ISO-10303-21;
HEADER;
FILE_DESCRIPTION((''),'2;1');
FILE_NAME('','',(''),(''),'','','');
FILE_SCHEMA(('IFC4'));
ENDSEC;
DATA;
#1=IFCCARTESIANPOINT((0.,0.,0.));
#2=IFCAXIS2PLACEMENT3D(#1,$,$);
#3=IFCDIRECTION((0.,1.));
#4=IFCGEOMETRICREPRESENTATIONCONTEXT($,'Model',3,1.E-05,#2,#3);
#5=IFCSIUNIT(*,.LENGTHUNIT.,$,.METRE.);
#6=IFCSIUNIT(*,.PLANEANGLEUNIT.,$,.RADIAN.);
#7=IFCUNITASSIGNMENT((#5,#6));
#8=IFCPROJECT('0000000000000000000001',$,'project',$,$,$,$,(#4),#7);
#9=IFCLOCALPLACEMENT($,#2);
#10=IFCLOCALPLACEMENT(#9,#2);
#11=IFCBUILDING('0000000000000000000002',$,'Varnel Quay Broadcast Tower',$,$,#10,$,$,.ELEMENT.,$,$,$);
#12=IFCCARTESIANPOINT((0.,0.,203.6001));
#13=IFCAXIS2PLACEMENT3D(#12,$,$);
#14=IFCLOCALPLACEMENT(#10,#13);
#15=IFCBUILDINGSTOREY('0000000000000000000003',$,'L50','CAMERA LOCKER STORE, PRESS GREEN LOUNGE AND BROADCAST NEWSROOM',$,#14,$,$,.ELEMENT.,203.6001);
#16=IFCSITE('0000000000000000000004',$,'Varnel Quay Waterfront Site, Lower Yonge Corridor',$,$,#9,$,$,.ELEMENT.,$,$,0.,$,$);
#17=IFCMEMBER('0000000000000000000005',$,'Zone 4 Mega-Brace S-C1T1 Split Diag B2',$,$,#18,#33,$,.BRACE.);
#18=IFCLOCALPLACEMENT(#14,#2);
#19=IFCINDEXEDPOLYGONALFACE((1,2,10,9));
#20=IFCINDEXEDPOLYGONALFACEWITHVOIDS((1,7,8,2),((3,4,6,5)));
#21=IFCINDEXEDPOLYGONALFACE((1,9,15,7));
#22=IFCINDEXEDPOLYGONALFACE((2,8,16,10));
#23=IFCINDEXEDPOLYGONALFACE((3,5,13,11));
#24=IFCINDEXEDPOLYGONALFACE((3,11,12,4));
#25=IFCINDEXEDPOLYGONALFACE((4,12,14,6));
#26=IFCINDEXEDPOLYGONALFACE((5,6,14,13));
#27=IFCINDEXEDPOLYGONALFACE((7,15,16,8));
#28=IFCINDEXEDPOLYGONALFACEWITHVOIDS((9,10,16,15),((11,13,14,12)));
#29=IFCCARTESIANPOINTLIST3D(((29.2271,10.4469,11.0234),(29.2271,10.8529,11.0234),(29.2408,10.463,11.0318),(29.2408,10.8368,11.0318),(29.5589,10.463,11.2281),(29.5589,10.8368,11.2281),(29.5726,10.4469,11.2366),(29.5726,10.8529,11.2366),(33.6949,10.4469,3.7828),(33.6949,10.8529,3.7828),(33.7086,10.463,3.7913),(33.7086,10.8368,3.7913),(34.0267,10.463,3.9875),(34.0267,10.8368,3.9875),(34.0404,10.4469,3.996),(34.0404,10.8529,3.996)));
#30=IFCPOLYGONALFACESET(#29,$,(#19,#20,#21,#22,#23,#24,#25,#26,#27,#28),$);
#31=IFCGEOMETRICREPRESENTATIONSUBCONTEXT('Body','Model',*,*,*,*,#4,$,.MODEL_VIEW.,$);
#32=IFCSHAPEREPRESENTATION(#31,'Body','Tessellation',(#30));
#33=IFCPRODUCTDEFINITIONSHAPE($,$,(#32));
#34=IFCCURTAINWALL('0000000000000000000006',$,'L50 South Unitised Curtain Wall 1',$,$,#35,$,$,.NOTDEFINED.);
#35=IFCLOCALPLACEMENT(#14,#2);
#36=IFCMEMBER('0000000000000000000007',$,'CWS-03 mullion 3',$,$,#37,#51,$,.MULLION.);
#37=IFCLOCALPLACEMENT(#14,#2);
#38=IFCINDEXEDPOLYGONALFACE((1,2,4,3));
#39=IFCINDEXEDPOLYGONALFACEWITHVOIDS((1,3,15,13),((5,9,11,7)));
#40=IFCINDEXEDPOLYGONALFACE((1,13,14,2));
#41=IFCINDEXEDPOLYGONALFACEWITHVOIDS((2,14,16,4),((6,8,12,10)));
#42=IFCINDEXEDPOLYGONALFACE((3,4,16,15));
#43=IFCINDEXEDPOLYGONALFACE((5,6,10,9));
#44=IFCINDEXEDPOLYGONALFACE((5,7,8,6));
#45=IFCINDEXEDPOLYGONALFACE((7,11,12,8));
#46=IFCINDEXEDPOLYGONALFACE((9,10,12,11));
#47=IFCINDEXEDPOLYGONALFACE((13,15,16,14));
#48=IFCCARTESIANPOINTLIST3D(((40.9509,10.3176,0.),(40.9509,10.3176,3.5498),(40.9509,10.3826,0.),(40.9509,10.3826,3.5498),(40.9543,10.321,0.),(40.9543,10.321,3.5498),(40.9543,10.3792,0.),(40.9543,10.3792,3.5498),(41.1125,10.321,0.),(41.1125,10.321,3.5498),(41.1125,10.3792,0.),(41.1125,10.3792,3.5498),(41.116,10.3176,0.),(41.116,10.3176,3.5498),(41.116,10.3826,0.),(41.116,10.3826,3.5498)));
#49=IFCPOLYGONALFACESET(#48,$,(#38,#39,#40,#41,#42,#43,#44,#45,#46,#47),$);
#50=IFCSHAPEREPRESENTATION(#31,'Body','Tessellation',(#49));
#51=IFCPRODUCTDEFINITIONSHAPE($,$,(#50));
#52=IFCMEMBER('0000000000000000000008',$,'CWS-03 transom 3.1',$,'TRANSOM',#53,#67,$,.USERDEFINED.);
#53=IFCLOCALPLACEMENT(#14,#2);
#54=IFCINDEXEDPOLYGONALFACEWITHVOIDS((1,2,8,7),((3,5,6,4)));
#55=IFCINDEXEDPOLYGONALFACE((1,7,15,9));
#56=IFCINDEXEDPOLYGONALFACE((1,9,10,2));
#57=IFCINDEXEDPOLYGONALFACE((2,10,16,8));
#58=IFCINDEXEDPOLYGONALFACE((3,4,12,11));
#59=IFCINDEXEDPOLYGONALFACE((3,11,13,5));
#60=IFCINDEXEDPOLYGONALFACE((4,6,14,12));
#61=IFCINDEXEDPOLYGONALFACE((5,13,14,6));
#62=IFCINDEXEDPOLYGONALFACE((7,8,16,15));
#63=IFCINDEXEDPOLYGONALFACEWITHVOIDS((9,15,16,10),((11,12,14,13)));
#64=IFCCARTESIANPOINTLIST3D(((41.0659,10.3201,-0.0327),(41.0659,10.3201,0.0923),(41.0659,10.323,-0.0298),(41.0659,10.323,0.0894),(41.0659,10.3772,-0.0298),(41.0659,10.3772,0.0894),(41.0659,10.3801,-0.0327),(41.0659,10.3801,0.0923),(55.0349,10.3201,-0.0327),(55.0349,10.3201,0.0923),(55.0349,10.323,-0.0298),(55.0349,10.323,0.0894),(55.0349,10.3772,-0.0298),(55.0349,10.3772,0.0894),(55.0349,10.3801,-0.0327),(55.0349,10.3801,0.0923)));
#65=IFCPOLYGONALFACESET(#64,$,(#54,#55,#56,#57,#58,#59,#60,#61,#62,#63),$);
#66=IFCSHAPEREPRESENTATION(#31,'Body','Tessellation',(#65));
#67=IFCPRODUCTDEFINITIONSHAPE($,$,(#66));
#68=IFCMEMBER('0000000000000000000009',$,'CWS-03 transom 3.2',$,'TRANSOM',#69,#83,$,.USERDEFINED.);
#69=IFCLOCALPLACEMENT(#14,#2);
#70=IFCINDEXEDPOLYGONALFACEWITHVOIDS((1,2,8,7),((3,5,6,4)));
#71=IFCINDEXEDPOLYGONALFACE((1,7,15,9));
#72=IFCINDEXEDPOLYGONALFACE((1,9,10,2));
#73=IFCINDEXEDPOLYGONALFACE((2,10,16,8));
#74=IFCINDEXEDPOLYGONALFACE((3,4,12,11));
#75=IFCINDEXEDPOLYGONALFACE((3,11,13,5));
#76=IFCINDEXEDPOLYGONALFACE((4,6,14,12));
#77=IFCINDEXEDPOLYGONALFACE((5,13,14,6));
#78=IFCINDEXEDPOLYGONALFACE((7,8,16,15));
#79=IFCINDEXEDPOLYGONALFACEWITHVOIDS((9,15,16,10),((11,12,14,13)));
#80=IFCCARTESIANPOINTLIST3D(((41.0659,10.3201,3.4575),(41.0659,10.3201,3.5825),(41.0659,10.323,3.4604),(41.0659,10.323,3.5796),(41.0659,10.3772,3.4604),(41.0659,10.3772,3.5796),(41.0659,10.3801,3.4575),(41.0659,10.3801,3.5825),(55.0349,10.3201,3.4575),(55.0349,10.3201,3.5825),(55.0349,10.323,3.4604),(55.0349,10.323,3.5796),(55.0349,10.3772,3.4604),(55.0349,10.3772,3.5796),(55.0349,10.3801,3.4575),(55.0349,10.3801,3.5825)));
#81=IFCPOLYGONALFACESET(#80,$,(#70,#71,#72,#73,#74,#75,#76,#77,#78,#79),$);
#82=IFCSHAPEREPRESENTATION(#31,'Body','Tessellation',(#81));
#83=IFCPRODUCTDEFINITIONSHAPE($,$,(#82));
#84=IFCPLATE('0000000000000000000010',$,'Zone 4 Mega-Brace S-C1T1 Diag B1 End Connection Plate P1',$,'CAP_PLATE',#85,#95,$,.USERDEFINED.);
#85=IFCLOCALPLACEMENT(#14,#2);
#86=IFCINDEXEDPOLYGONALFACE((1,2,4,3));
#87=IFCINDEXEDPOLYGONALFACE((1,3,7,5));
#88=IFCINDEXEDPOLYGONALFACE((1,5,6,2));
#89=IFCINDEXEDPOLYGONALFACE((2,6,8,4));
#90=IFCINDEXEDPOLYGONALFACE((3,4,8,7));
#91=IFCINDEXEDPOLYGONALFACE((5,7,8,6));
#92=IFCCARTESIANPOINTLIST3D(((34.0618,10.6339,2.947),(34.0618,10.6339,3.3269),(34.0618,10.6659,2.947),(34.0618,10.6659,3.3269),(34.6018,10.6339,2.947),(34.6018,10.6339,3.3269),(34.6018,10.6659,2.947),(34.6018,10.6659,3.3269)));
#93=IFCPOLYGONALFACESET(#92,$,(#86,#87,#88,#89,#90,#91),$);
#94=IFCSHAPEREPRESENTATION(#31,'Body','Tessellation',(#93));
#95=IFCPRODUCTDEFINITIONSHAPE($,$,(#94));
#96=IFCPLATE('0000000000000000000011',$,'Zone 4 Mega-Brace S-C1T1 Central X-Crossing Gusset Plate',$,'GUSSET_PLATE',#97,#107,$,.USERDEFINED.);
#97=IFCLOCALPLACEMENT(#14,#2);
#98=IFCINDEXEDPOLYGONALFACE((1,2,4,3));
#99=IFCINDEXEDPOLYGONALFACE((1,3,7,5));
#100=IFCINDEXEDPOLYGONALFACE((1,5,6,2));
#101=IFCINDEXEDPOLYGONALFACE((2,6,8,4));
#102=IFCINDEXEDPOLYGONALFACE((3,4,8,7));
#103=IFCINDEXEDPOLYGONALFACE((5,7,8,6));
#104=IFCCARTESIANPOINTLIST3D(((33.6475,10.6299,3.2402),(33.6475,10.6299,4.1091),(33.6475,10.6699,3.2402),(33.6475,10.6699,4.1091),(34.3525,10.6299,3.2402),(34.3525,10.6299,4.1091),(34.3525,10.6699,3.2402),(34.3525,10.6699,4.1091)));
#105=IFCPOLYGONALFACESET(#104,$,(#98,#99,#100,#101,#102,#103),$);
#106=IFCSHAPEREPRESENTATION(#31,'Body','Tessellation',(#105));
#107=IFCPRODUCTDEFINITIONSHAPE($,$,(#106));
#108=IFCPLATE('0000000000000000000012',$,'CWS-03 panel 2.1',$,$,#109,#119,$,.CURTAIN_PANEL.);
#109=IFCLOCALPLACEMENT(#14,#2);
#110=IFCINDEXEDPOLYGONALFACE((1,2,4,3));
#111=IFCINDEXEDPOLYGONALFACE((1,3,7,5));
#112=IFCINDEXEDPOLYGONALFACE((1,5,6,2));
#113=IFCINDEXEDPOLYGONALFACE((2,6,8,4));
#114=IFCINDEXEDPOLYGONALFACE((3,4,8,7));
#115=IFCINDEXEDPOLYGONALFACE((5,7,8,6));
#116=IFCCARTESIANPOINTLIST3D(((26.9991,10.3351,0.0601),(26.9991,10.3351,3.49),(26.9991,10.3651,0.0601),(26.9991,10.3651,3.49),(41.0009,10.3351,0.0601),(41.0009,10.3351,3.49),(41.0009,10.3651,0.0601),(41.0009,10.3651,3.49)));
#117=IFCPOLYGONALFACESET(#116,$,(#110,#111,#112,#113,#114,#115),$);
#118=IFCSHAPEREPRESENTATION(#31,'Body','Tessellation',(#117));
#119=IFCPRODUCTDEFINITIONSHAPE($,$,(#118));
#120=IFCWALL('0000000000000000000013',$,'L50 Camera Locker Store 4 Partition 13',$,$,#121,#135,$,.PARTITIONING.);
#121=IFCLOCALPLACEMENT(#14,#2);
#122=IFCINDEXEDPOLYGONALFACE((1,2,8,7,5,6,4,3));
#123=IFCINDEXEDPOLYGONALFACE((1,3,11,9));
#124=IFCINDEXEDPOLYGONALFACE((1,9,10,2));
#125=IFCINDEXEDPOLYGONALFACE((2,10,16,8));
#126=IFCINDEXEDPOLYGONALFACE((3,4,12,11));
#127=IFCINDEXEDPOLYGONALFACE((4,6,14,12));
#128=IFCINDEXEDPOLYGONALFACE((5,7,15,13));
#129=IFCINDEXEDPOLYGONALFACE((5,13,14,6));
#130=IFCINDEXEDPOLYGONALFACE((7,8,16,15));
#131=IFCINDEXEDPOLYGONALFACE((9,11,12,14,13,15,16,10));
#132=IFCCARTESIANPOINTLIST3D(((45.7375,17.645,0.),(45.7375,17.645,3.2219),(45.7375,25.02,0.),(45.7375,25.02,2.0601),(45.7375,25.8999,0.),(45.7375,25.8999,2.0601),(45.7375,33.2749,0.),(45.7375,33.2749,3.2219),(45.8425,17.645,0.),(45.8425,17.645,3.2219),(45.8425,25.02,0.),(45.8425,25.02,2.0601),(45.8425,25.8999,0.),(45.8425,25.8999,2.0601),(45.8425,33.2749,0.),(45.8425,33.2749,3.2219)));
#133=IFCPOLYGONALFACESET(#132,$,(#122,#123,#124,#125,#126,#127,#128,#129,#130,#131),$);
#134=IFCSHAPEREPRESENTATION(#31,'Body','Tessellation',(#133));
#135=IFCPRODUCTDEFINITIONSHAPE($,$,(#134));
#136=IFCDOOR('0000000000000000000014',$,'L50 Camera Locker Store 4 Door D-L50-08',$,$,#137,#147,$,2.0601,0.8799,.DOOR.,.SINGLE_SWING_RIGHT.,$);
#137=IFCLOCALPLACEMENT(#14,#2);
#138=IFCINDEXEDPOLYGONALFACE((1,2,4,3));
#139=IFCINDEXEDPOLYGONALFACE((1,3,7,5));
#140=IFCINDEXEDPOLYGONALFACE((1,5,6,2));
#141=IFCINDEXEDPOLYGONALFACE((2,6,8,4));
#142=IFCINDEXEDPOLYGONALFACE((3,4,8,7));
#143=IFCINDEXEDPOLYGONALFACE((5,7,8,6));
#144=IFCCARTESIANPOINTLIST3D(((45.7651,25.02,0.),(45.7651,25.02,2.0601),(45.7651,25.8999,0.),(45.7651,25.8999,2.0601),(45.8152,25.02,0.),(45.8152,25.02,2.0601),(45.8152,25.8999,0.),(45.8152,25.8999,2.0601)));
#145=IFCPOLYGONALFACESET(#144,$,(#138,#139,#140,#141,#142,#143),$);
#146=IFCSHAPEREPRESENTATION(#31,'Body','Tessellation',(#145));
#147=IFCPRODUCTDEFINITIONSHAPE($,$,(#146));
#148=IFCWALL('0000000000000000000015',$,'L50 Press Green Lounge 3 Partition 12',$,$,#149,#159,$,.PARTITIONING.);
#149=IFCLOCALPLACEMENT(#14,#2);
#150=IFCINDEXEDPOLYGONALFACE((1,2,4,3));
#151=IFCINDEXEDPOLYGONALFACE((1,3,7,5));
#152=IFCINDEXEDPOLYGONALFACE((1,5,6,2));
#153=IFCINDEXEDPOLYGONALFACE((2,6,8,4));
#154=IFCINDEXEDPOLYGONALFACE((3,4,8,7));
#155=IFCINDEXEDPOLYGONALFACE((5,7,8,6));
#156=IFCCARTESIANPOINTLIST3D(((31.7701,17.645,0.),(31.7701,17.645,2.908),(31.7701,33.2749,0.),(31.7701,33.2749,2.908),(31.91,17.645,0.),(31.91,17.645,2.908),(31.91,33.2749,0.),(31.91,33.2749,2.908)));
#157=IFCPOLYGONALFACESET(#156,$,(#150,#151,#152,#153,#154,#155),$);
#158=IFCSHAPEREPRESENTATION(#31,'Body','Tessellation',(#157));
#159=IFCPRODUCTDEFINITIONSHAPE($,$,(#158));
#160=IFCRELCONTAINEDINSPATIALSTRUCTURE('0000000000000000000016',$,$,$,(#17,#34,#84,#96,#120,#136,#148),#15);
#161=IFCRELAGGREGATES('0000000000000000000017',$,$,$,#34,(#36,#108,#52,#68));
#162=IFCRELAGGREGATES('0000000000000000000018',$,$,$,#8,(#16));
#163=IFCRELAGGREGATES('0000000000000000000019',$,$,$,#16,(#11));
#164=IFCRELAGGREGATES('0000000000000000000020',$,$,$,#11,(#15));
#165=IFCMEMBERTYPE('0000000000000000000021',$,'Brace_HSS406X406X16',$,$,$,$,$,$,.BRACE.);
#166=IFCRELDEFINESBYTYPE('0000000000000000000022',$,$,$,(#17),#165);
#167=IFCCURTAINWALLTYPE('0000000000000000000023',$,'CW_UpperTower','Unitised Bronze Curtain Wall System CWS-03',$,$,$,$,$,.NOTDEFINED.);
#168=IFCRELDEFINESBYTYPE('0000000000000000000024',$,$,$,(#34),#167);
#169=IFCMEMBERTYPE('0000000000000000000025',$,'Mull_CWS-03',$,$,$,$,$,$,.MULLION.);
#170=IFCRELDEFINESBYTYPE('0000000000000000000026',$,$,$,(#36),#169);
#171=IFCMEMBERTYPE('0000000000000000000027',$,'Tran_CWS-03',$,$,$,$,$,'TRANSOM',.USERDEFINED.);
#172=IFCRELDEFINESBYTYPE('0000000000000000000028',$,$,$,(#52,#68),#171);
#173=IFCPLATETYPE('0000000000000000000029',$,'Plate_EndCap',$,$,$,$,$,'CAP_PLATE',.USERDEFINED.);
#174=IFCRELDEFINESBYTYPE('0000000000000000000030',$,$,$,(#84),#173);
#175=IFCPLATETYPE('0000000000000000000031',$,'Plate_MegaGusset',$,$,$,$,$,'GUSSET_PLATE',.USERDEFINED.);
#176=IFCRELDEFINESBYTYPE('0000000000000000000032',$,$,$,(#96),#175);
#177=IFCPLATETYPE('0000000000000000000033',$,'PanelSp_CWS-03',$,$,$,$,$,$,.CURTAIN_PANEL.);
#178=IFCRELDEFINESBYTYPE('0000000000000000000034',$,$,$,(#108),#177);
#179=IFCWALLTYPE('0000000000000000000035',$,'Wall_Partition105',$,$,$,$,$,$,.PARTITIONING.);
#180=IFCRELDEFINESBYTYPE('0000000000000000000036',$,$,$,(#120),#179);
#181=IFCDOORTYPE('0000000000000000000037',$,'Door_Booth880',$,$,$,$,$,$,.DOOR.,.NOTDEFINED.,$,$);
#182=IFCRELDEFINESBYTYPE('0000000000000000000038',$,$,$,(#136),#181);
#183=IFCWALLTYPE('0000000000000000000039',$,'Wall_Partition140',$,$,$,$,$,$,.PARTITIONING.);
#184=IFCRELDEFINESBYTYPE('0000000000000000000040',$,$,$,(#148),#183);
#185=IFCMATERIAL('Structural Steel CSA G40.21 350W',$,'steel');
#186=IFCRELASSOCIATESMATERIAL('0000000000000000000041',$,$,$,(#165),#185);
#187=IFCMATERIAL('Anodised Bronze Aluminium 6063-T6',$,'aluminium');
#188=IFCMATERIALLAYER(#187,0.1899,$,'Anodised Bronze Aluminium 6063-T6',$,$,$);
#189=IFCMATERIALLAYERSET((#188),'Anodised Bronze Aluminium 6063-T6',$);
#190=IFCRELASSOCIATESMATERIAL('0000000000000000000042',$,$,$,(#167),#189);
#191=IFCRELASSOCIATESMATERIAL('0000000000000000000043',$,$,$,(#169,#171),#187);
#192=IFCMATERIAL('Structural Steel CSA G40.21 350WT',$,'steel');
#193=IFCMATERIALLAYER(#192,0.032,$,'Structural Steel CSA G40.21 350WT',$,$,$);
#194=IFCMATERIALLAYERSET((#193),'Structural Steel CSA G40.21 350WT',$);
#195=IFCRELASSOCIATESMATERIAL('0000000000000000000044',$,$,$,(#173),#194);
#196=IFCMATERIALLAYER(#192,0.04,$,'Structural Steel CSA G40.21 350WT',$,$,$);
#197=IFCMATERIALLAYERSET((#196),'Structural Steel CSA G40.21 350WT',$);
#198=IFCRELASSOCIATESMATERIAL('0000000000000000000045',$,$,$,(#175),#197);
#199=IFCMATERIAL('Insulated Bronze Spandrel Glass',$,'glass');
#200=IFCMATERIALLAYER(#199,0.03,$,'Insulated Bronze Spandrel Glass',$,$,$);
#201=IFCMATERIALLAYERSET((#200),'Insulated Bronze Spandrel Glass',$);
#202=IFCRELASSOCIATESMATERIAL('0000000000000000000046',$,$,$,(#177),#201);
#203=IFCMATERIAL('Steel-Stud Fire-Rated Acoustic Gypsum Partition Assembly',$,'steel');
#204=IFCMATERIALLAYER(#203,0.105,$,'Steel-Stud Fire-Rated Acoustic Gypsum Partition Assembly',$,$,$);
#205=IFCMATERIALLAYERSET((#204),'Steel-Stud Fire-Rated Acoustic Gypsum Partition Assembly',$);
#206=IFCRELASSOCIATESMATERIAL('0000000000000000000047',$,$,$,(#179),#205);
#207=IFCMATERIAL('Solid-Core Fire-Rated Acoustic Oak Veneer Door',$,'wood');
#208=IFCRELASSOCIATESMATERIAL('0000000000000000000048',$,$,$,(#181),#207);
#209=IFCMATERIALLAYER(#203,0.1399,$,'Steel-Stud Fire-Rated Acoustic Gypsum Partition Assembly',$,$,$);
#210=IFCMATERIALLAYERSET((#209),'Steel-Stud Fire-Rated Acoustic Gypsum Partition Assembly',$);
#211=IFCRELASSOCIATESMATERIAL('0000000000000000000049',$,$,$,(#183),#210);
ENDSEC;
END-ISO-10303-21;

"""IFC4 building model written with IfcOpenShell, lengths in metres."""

from ifc_helpers import new_model, si_unit, direction, frame, frame_2d, origin, origin_2d, place, context, subcontext, project, spatial, rectangle, hollow_rectangle, extrude, source, transform, mapped, material, layer, layer_set, material_profile, profile_set, type_object, type_shapes, element, fill, aggregate, save


model = new_model("IFC4")

# Units and contexts
model_context = context("Model", 3, precision=1e-05, world=origin(), true_north=direction((0.0, 1.0)))
body_context = subcontext(model_context, "Body", "Model", "MODEL_VIEW")
ifc_project = project(units=[si_unit("LENGTHUNIT", "METRE"), si_unit("PLANEANGLEUNIT", "RADIAN")], contexts=[model_context])

# Site, building, storey
site_placement = place(None, origin())
site = spatial("IfcSite", under=ifc_project, at=site_placement, Name="Varnel Quay Waterfront Site, Lower Yonge Corridor", CompositionType="ELEMENT", RefElevation=0.0)
building_placement = place(site_placement, origin())
building = spatial("IfcBuilding", under=site, at=building_placement, Name="Varnel Quay Broadcast Tower", CompositionType="ELEMENT")
storey_placement = place(building_placement, frame((0.0, 0.0, 203.6001)))
storey = spatial("IfcBuildingStorey", under=building, at=storey_placement, Name="L50", Description="CAMERA LOCKER STORE, PRESS GREEN LOUNGE AND BROADCAST NEWSROOM", CompositionType="ELEMENT", Elevation=203.6001)

# Shared definitions
ifc_material_1 = material(Name="Structural Steel CSA G40.21 350W", Category="steel")

# Member
ifc_material_profile_1 = material_profile(ifc_material_1, hollow_rectangle(XDim=0.406, YDim=0.406, WallThickness=0.0161, at=origin_2d()), Name="HSS406X406X16")
ifc_profile_set_1 = profile_set([ifc_material_profile_1], Name="Structural Steel CSA G40.21 350W")
member_type_1 = type_object("IfcMemberType", Name="Brace_HSS406X406X16", PredefinedType="BRACE", material=ifc_profile_set_1)
shared_shape_1 = source(origin(), body_context, "Body", "SweptSolid", [
    extrude(hollow_rectangle(XDim=0.406, YDim=0.406, WallThickness=0.0161, at=origin_2d()), origin(), (0.0, 0.0, 1.0), 8.5081),
])
type_shapes(member_type_1, [shared_shape_1])
member_1_placement = place(storey_placement, frame((33.8677, 10.6499, 3.8894), z_axis=(-0.525128, 0.0, 0.851023), x_axis=(0.0, -1.0, 0.0)))
element("IfcMember", 1, at=member_1_placement, inside=storey, type_object=member_type_1, Name="Zone 4 Mega-Brace S-C1T1 Split Diag B2", PredefinedType="BRACE", context=body_context, shape_type="MappedRepresentation", body=[
    mapped(shared_shape_1, transform((0.0, 0.0, 0.0), x_axis=(1.0, 0.0, 0.0), y_axis=(0.0, 1.0, 0.0), z_axis=(0.0, 0.0, 1.0), scale=1.0)),
])

# Curtain wall, members
ifc_material_2 = material(Name="Anodised Bronze Aluminium 6063-T6", Category="aluminium")
ifc_layer_1 = layer(ifc_material_2, 0.1899, Name="Anodised Bronze Aluminium 6063-T6")
ifc_layer_set_1 = layer_set([ifc_layer_1], Name="Anodised Bronze Aluminium 6063-T6")
curtain_wall_type = type_object("IfcCurtainWallType", Name="CW_UpperTower", Description="Unitised Bronze Curtain Wall System CWS-03", PredefinedType="NOTDEFINED", material=ifc_layer_set_1)
curtain_wall_placement = place(storey_placement, origin())
curtain_wall = element("IfcCurtainWall", 2, at=curtain_wall_placement, inside=storey, type_object=curtain_wall_type, Name="L50 South Unitised Curtain Wall 1", PredefinedType="NOTDEFINED")
ifc_material_profile_2 = material_profile(ifc_material_2, hollow_rectangle(XDim=0.0649, YDim=0.165, WallThickness=0.0034, at=origin_2d()), Name="ALU65X165X3.5")
ifc_profile_set_2 = profile_set([ifc_material_profile_2], Name="Anodised Bronze Aluminium 6063-T6")
member_type_2 = type_object("IfcMemberType", Name="Mull_CWS-03", PredefinedType="MULLION", material=ifc_profile_set_2)
shared_shape_2 = source(origin(), body_context, "Body", "SweptSolid", [
    extrude(hollow_rectangle(XDim=0.0649, YDim=0.165, WallThickness=0.0034, at=origin_2d()), origin(), (0.0, 0.0, 1.0), 3.5498),
])
type_shapes(member_type_2, [shared_shape_2])
member_2_placement = place(storey_placement, frame((41.0334, 10.3501, 0.0), z_axis=(0.0, 0.0, 1.0), x_axis=(0.0, 1.0, 0.0)))
member_2 = element("IfcMember", 3, at=member_2_placement, type_object=member_type_2, Name="CWS-03 mullion 3", PredefinedType="MULLION", context=body_context, shape_type="MappedRepresentation", body=[
    mapped(shared_shape_2, transform((0.0, 0.0, 0.0), x_axis=(1.0, 0.0, 0.0), y_axis=(0.0, 1.0, 0.0), z_axis=(0.0, 0.0, 1.0), scale=1.0)),
])
ifc_material_profile_3 = material_profile(ifc_material_2, hollow_rectangle(XDim=0.0601, YDim=0.125, WallThickness=0.0029, at=origin_2d()), Name="ALU60X125X3")
ifc_profile_set_3 = profile_set([ifc_material_profile_3], Name="Anodised Bronze Aluminium 6063-T6")
member_type_3 = type_object("IfcMemberType", Name="Tran_CWS-03", ElementType="TRANSOM", PredefinedType="USERDEFINED", material=ifc_profile_set_3)
shared_shape_3 = source(origin(), body_context, "Body", "SweptSolid", [
    extrude(hollow_rectangle(XDim=0.0601, YDim=0.125, WallThickness=0.0029, at=origin_2d()), origin(), (0.0, 0.0, 1.0), 13.969),
])
type_shapes(member_type_3, [shared_shape_3])
member_3_placement = place(storey_placement, frame((41.0659, 10.3501, 0.0298), z_axis=(1.0, 0.0, 0.0), x_axis=(0.0, 1.0, 0.0)))
member_3 = element("IfcMember", 4, at=member_3_placement, type_object=member_type_3, Name="CWS-03 transom 3.1", ObjectType="TRANSOM", PredefinedType="USERDEFINED", context=body_context, shape_type="MappedRepresentation", body=[
    mapped(shared_shape_3, transform((0.0, 0.0, 0.0), x_axis=(1.0, 0.0, 0.0), y_axis=(0.0, 1.0, 0.0), z_axis=(0.0, 0.0, 1.0), scale=1.0)),
])
member_4_placement = place(storey_placement, frame((41.0659, 10.3501, 3.52), z_axis=(1.0, 0.0, 0.0), x_axis=(0.0, 1.0, 0.0)))
member_4 = element("IfcMember", 5, at=member_4_placement, type_object=member_type_3, Name="CWS-03 transom 3.2", ObjectType="TRANSOM", PredefinedType="USERDEFINED", context=body_context, shape_type="MappedRepresentation", body=[
    mapped(shared_shape_3, transform((0.0, 0.0, 0.0), x_axis=(1.0, 0.0, 0.0), y_axis=(0.0, 1.0, 0.0), z_axis=(0.0, 0.0, 1.0), scale=1.0)),
])

# Plates
ifc_material_3 = material(Name="Structural Steel CSA G40.21 350WT", Category="steel")
ifc_layer_2 = layer(ifc_material_3, 0.032, Name="Structural Steel CSA G40.21 350WT")
ifc_layer_set_2 = layer_set([ifc_layer_2], Name="Structural Steel CSA G40.21 350WT")
plate_type_1 = type_object("IfcPlateType", Name="Plate_EndCap", ElementType="CAP_PLATE", PredefinedType="USERDEFINED", material=ifc_layer_set_2)
shared_shape_4 = source(origin(), body_context, "Body", "SweptSolid", [
    extrude(rectangle(XDim=0.54, YDim=0.032, at=origin_2d()), origin(), (0.0, 0.0, 1.0), 0.3799),
])
type_shapes(plate_type_1, [shared_shape_4])
plate_1_placement = place(storey_placement, frame((34.3318, 10.6499, 2.947), z_axis=(0.0, 0.0, 1.0), x_axis=(1.0, 0.0, 0.0)))
element("IfcPlate", 6, at=plate_1_placement, inside=storey, type_object=plate_type_1, Name="Zone 4 Mega-Brace S-C1T1 Diag B1 End Connection Plate P1", ObjectType="CAP_PLATE", PredefinedType="USERDEFINED", context=body_context, shape_type="MappedRepresentation", body=[
    mapped(shared_shape_4, transform((0.0, 0.0, 0.0), x_axis=(1.0, 0.0, 0.0), y_axis=(0.0, 1.0, 0.0), z_axis=(0.0, 0.0, 1.0), scale=1.0)),
])
ifc_layer_3 = layer(ifc_material_3, 0.04, Name="Structural Steel CSA G40.21 350WT")
ifc_layer_set_3 = layer_set([ifc_layer_3], Name="Structural Steel CSA G40.21 350WT")
plate_type_2 = type_object("IfcPlateType", Name="Plate_MegaGusset", ElementType="GUSSET_PLATE", PredefinedType="USERDEFINED", material=ifc_layer_set_3)
shared_shape_5 = source(origin(), body_context, "Body", "SweptSolid", [
    extrude(rectangle(XDim=0.7051, YDim=0.04, at=origin_2d()), origin(), (0.0, 0.0, 1.0), 0.8689),
])
type_shapes(plate_type_2, [shared_shape_5])
plate_2_placement = place(storey_placement, frame((34.0, 10.6499, 3.2402), z_axis=(0.0, 0.0, 1.0), x_axis=(1.0, 0.0, 0.0)))
element("IfcPlate", 7, at=plate_2_placement, inside=storey, type_object=plate_type_2, Name="Zone 4 Mega-Brace S-C1T1 Central X-Crossing Gusset Plate", ObjectType="GUSSET_PLATE", PredefinedType="USERDEFINED", context=body_context, shape_type="MappedRepresentation", body=[
    mapped(shared_shape_5, transform((0.0, 0.0, 0.0), x_axis=(1.0, 0.0, 0.0), y_axis=(0.0, 1.0, 0.0), z_axis=(0.0, 0.0, 1.0), scale=1.0)),
])

# Plate
ifc_material_4 = material(Name="Insulated Bronze Spandrel Glass", Category="glass")
ifc_layer_4 = layer(ifc_material_4, 0.03, Name="Insulated Bronze Spandrel Glass")
ifc_layer_set_4 = layer_set([ifc_layer_4], Name="Insulated Bronze Spandrel Glass")
plate_type_3 = type_object("IfcPlateType", Name="PanelSp_CWS-03", PredefinedType="CURTAIN_PANEL", material=ifc_layer_set_4)
shared_shape_6 = source(origin(), body_context, "Body", "SweptSolid", [
    extrude(rectangle(XDim=14.0017, YDim=0.03, at=origin_2d()), origin(), (0.0, 0.0, 1.0), 3.4299),
])
type_shapes(plate_type_3, [shared_shape_6])
plate_3_placement = place(storey_placement, frame((34.0, 10.3501, 0.0601), z_axis=(0.0, 0.0, 1.0), x_axis=(1.0, 0.0, 0.0)))
plate_3 = element("IfcPlate", 8, at=plate_3_placement, type_object=plate_type_3, Name="CWS-03 panel 2.1", PredefinedType="CURTAIN_PANEL", context=body_context, shape_type="MappedRepresentation", body=[
    mapped(shared_shape_6, transform((0.0, 0.0, 0.0), x_axis=(1.0, 0.0, 0.0), y_axis=(0.0, 1.0, 0.0), z_axis=(0.0, 0.0, 1.0), scale=1.0)),
])
aggregate(curtain_wall, [member_2, plate_3, member_3, member_4])

# Wall, opening, door
ifc_material_5 = material(Name="Steel-Stud Fire-Rated Acoustic Gypsum Partition Assembly", Category="steel")
ifc_layer_5 = layer(ifc_material_5, 0.105, Name="Steel-Stud Fire-Rated Acoustic Gypsum Partition Assembly")
ifc_layer_set_5 = layer_set([ifc_layer_5], Name="Steel-Stud Fire-Rated Acoustic Gypsum Partition Assembly")
wall_type_1 = type_object("IfcWallType", Name="Wall_Partition105", PredefinedType="PARTITIONING", material=ifc_layer_set_5)
wall_1_placement = place(storey_placement, frame((45.79, 17.645, 0.0), z_axis=(0.0, 0.0, 1.0), x_axis=(0.0, 1.0, 0.0)))
wall_1 = element("IfcWall", 9, at=wall_1_placement, inside=storey, type_object=wall_type_1, Name="L50 Camera Locker Store 4 Partition 13", PredefinedType="PARTITIONING", context=body_context, shape_type="SweptSolid", body=[
    extrude(rectangle(XDim=15.6299, YDim=0.105, at=frame_2d((7.8149, 0.0))), origin(), (0.0, 0.0, 1.0), 3.2219),
])
opening_placement = place(wall_1_placement, frame((7.375, 0.0, 0.0)))
opening = element("IfcOpeningElement", 10, at=opening_placement, cuts=wall_1, PredefinedType="OPENING", context=body_context, shape_type="SweptSolid", body=[
    extrude(rectangle(XDim=0.8799, YDim=2.0601, at=frame_2d((0.4399, 1.03))), frame((0.0, 0.0625, 0.0), z_axis=(0.0, -1.0, 0.0), x_axis=(1.0, 0.0, 0.0)), (0.0, 0.0, 1.0), 0.125),
])
ifc_material_6 = material(Name="Solid-Core Fire-Rated Acoustic Oak Veneer Door", Category="wood")
door_type = type_object("IfcDoorType", Name="Door_Booth880", OperationType="NOTDEFINED", PredefinedType="DOOR", material=ifc_material_6)
shared_shape_7 = source(origin(), body_context, "Body", "SweptSolid", [
    extrude(rectangle(XDim=0.8799, YDim=2.0601, at=frame_2d((0.4399, 1.03))), frame((0.0, 0.0249, 0.0), z_axis=(0.0, -1.0, 0.0), x_axis=(1.0, 0.0, 0.0)), (0.0, 0.0, 1.0), 0.05),
])
type_shapes(door_type, [shared_shape_7])
door_placement = place(opening_placement, origin())
door = element("IfcDoor", 11, at=door_placement, inside=storey, type_object=door_type, Name="L50 Camera Locker Store 4 Door D-L50-08", OperationType="SINGLE_SWING_RIGHT", OverallHeight=2.0601, OverallWidth=0.8799, PredefinedType="DOOR", context=body_context, shape_type="MappedRepresentation", body=[
    mapped(shared_shape_7, transform((0.0, 0.0, 0.0), x_axis=(1.0, 0.0, 0.0), y_axis=(0.0, 1.0, 0.0), z_axis=(0.0, 0.0, 1.0), scale=1.0)),
])
fill(opening, door)

# Wall
ifc_layer_6 = layer(ifc_material_5, 0.1399, Name="Steel-Stud Fire-Rated Acoustic Gypsum Partition Assembly")
ifc_layer_set_6 = layer_set([ifc_layer_6], Name="Steel-Stud Fire-Rated Acoustic Gypsum Partition Assembly")
wall_type_2 = type_object("IfcWallType", Name="Wall_Partition140", PredefinedType="PARTITIONING", material=ifc_layer_set_6)
wall_2_placement = place(storey_placement, frame((31.8401, 17.645, 0.0), z_axis=(0.0, 0.0, 1.0), x_axis=(0.0, 1.0, 0.0)))
element("IfcWall", 12, at=wall_2_placement, inside=storey, type_object=wall_type_2, Name="L50 Press Green Lounge 3 Partition 12", PredefinedType="PARTITIONING", context=body_context, shape_type="SweptSolid", body=[
    extrude(rectangle(XDim=15.6299, YDim=0.1399, at=frame_2d((7.8149, 0.0))), origin(), (0.0, 0.0, 1.0), 2.908),
])

save(model, "model.ifc")
